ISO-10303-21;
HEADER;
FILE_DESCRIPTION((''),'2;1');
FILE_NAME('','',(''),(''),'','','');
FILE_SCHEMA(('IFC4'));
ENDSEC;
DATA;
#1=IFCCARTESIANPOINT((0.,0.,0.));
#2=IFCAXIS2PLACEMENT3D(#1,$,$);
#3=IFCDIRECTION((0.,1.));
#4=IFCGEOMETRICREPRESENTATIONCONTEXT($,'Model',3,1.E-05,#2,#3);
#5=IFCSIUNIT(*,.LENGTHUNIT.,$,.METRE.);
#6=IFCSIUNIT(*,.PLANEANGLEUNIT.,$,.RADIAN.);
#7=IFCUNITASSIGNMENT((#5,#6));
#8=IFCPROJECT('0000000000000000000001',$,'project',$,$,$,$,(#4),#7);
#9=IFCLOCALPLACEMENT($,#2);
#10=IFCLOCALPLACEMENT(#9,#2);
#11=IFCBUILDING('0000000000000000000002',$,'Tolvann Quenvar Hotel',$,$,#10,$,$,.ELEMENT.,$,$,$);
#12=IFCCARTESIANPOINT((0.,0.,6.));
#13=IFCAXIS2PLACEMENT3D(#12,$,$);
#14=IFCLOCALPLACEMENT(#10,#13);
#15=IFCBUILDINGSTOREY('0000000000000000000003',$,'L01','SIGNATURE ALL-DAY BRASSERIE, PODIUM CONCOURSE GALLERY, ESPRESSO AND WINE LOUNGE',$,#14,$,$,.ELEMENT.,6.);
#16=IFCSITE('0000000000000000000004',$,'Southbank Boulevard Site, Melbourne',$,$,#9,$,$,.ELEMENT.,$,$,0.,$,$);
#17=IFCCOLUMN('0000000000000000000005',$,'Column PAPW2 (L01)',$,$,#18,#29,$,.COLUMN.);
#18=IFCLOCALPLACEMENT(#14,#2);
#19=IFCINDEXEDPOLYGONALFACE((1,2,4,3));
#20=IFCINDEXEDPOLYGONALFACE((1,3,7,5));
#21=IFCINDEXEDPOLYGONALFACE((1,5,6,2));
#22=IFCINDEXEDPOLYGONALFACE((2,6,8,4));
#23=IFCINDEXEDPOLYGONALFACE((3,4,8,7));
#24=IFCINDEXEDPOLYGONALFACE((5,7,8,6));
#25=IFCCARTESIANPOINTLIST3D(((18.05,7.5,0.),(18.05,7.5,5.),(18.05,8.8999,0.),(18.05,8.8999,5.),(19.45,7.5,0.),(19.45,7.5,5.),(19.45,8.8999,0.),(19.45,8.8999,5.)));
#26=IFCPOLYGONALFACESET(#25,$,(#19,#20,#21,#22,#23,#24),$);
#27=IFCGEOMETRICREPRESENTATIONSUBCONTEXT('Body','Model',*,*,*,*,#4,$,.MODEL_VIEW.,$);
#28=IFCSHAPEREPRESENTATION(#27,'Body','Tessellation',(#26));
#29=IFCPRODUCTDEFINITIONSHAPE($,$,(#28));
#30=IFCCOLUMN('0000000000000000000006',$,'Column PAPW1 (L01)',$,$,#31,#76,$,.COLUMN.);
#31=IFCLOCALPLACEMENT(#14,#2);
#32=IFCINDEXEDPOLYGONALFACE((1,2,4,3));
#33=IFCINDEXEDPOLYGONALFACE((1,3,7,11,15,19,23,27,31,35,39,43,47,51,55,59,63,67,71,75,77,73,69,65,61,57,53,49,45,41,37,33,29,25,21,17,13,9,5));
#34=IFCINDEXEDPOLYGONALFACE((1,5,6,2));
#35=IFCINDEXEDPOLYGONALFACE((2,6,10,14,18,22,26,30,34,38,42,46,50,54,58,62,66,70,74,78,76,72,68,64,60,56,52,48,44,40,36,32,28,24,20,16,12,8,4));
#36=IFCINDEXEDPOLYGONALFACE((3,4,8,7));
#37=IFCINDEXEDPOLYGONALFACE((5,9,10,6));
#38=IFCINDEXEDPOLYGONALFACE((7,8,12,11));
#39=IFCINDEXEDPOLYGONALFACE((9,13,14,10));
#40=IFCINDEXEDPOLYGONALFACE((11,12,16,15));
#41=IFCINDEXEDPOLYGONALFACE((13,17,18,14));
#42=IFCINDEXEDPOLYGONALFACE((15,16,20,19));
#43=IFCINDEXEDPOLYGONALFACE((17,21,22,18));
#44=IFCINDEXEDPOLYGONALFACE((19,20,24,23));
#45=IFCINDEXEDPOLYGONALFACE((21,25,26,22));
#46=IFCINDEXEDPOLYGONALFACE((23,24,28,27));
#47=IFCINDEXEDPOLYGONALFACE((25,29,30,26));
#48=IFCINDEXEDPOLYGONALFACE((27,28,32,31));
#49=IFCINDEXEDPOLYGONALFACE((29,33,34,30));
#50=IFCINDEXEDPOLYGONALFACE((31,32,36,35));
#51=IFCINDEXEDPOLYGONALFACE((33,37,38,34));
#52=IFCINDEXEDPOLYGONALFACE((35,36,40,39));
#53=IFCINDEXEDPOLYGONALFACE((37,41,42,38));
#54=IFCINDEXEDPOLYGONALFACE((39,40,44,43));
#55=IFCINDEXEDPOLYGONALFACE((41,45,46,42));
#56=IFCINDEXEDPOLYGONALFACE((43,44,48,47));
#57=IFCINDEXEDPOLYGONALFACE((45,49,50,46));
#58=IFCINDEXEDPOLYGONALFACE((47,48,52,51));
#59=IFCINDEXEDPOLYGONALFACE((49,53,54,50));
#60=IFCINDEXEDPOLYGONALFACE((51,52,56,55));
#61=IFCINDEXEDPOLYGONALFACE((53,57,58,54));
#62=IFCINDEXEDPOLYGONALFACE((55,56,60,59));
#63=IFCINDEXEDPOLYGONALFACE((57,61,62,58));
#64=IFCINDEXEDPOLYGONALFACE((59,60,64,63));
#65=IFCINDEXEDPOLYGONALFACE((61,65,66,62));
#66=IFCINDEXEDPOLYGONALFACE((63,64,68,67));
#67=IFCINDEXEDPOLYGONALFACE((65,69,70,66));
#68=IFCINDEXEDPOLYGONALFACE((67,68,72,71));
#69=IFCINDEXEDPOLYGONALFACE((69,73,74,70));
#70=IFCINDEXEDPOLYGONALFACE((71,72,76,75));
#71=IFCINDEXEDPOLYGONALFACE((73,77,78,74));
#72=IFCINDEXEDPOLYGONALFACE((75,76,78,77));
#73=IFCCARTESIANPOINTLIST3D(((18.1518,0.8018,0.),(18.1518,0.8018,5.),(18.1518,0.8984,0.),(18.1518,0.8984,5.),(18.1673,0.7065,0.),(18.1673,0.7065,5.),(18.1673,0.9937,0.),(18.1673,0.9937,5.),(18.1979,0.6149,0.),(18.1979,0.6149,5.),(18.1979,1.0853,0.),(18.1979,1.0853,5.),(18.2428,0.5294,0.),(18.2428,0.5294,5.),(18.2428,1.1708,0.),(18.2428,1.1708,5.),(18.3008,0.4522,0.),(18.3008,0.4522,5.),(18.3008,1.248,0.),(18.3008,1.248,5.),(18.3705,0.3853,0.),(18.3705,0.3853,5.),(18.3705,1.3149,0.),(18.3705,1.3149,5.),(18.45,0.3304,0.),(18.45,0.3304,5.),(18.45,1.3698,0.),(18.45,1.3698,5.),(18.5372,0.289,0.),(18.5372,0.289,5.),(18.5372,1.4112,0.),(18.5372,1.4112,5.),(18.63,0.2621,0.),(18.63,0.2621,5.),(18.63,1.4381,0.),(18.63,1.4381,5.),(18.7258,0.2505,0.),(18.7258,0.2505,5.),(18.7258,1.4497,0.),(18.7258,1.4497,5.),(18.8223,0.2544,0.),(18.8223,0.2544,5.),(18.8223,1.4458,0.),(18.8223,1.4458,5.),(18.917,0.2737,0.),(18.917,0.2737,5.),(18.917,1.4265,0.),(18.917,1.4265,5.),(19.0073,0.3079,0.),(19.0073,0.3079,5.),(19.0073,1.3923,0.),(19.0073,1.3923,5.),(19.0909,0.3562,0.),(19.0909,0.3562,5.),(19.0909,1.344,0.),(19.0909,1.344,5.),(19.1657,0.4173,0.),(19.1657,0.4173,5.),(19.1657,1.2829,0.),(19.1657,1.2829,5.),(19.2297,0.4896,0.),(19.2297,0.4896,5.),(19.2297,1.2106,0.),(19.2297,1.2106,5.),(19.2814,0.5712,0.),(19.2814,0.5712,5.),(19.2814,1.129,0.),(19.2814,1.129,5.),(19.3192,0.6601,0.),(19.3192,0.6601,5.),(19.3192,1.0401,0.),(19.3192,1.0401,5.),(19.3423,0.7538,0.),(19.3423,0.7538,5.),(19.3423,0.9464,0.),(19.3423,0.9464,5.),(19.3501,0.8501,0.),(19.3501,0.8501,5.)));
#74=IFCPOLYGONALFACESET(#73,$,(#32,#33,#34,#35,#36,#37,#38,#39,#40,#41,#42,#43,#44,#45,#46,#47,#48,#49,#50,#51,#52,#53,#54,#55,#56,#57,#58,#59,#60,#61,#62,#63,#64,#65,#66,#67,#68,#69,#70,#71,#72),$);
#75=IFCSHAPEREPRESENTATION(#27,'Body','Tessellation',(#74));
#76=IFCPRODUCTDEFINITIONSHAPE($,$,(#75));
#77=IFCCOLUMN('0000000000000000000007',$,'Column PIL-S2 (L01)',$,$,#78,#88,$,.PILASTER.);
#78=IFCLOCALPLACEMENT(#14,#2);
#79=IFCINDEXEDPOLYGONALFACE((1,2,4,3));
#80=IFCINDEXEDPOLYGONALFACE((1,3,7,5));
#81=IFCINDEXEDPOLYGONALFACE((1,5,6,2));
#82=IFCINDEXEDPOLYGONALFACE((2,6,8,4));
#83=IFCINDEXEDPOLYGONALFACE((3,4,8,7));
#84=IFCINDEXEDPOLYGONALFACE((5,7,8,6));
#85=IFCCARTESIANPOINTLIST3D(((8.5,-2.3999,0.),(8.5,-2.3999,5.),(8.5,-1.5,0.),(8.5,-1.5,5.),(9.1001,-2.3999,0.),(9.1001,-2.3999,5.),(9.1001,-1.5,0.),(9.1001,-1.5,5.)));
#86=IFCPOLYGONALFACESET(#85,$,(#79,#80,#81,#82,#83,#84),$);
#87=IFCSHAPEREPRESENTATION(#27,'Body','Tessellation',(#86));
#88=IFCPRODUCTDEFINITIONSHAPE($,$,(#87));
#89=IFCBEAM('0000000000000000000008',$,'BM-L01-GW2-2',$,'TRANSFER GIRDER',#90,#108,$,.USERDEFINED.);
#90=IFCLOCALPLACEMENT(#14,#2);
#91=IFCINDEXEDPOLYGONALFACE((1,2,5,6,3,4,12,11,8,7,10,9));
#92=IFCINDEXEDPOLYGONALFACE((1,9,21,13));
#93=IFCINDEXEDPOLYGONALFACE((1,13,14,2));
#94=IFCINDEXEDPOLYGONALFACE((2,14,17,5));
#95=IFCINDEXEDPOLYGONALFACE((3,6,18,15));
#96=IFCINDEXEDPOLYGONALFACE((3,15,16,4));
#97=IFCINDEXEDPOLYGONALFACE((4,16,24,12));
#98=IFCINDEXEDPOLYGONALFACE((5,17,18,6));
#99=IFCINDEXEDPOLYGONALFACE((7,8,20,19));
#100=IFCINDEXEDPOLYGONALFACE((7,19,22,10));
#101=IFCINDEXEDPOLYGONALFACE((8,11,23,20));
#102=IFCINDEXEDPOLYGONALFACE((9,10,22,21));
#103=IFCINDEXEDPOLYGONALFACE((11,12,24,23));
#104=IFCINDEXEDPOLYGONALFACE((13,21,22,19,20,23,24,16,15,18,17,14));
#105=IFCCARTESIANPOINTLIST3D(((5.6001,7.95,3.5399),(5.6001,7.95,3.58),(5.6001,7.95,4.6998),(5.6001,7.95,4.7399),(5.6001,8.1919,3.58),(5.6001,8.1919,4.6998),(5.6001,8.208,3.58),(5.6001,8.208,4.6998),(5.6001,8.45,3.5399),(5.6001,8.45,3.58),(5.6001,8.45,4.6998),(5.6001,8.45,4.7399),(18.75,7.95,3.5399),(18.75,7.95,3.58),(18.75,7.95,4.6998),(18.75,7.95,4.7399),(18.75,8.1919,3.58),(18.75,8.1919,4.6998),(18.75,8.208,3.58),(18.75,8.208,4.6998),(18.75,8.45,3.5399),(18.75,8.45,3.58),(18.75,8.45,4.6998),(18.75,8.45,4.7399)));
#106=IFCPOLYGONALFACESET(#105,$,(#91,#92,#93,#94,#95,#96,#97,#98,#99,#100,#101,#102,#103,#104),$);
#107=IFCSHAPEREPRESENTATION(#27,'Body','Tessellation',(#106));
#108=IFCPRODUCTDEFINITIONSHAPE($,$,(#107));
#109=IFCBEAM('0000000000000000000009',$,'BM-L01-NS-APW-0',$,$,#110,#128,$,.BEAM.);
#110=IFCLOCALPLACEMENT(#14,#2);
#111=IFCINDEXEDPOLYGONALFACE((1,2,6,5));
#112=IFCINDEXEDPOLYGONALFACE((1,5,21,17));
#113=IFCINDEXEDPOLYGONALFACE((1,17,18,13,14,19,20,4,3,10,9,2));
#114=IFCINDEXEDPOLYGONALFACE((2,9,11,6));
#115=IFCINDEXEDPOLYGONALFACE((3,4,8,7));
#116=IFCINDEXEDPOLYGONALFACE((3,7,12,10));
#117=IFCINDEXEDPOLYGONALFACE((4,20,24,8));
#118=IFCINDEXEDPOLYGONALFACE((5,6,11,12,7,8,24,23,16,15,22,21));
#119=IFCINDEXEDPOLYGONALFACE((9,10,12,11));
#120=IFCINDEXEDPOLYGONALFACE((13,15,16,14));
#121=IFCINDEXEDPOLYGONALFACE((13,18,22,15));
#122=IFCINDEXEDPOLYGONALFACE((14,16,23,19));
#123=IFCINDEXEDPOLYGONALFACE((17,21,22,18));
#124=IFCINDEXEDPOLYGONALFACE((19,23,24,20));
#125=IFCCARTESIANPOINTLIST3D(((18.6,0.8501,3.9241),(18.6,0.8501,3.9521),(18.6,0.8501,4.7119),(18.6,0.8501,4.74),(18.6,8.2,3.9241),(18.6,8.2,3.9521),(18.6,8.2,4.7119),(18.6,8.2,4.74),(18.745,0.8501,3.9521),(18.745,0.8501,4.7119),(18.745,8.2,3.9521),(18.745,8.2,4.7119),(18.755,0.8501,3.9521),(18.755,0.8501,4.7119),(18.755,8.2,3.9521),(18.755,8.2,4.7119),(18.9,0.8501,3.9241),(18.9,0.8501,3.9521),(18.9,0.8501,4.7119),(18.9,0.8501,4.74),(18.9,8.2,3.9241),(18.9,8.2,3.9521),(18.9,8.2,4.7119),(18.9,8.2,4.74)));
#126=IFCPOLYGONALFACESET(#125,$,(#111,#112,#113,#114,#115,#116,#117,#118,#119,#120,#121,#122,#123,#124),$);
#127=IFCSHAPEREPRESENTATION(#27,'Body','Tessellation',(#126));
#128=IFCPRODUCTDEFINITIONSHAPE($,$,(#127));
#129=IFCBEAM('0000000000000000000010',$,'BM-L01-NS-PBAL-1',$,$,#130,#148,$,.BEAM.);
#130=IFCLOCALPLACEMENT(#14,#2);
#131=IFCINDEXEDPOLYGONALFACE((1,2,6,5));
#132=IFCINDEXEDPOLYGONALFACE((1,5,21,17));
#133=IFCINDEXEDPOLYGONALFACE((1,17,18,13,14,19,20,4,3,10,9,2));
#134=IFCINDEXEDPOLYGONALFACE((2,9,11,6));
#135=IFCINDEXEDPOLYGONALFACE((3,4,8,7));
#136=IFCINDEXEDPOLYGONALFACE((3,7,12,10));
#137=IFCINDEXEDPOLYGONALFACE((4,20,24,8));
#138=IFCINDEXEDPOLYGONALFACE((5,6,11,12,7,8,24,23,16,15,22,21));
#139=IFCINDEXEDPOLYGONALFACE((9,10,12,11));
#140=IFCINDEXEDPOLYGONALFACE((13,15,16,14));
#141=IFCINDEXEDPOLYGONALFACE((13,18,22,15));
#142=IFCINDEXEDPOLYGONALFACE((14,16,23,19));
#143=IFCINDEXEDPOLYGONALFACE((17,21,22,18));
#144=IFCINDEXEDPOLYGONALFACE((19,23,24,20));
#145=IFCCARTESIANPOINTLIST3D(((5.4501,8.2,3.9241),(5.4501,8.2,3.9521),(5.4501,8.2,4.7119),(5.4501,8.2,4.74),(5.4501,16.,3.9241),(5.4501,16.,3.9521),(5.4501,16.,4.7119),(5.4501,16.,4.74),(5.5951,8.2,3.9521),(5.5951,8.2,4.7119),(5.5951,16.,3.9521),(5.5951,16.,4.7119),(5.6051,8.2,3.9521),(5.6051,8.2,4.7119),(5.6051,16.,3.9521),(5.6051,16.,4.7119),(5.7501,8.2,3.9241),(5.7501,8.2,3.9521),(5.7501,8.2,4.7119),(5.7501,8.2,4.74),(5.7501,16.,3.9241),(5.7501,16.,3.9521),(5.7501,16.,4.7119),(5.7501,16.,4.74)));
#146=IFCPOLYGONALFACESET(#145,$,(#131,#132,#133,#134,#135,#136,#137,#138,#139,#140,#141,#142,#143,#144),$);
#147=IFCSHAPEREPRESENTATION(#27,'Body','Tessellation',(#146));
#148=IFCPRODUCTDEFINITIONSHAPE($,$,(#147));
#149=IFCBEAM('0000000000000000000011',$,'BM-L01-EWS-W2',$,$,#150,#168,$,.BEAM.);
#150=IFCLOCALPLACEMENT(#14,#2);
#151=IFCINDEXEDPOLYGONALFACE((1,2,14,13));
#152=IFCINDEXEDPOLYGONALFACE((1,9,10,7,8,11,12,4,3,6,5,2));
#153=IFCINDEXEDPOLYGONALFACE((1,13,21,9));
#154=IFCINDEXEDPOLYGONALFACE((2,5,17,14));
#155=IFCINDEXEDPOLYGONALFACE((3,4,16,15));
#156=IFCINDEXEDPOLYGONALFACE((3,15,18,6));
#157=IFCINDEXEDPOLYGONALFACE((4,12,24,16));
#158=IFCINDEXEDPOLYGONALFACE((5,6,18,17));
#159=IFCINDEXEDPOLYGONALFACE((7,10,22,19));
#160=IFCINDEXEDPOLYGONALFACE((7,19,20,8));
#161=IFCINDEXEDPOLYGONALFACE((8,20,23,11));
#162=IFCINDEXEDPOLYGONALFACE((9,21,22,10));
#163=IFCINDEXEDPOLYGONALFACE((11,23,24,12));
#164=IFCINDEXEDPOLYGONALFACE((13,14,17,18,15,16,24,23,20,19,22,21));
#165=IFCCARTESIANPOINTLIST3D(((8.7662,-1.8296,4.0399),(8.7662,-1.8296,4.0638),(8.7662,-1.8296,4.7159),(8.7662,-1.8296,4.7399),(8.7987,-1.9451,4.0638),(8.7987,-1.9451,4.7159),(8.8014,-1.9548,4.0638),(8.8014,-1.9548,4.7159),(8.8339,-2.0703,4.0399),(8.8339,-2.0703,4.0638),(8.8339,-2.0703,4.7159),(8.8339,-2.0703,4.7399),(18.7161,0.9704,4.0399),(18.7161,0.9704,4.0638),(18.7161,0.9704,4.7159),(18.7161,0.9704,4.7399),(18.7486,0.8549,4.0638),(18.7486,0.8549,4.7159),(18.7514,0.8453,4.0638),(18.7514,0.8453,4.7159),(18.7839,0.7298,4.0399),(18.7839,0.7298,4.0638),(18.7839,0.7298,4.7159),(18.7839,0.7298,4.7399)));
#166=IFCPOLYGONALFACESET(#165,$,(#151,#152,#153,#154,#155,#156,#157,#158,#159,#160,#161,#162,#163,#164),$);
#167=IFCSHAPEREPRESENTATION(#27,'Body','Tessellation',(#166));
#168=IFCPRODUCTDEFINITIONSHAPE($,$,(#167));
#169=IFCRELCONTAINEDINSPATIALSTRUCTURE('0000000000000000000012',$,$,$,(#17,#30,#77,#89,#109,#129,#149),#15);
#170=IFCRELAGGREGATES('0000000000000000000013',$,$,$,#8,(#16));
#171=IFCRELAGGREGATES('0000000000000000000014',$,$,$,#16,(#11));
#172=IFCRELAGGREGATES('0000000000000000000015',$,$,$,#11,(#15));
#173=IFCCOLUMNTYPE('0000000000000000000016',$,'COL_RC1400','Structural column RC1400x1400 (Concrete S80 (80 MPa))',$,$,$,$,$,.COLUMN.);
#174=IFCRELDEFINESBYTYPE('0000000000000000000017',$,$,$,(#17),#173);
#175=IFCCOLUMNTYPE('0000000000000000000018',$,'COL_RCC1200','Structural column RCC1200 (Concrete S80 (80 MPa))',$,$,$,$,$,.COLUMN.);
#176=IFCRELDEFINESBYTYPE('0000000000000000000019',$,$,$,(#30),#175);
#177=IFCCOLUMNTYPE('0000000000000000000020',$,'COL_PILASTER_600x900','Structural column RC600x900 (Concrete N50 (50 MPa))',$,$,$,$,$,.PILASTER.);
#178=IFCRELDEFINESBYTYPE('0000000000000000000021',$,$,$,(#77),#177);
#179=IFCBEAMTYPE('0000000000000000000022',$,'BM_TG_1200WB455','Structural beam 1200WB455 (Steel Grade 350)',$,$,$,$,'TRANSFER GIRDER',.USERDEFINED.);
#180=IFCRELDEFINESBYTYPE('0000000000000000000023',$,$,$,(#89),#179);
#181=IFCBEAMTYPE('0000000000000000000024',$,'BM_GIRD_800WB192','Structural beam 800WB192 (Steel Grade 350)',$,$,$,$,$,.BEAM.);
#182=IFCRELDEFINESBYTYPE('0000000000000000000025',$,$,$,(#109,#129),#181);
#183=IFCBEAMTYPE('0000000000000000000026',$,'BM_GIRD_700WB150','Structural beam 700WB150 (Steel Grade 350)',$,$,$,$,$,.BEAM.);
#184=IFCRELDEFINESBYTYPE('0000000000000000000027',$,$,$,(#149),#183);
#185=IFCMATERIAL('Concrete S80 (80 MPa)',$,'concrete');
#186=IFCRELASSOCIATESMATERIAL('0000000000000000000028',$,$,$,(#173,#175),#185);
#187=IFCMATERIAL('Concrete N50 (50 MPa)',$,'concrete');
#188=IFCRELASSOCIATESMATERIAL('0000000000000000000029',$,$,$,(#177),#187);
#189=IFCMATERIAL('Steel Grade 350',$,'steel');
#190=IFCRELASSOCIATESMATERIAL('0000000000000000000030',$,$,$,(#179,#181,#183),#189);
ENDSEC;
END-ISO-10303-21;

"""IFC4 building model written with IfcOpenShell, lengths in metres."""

from ifc_helpers import new_model, si_unit, direction, frame, origin, origin_2d, place, context, subcontext, project, spatial, rectangle, circle, i_section, extrude, source, transform, mapped, material, material_profile, profile_set, type_object, type_shapes, element, save


model = new_model("IFC4")

# Units and contexts
model_context = context("Model", 3, precision=1e-05, world=origin(), true_north=direction((0.0, 1.0)))
body_context = subcontext(model_context, "Body", "Model", "MODEL_VIEW")
ifc_project = project(units=[si_unit("LENGTHUNIT", "METRE"), si_unit("PLANEANGLEUNIT", "RADIAN")], contexts=[model_context])

# Site, building, storey
site_placement = place(None, origin())
site = spatial("IfcSite", under=ifc_project, at=site_placement, Name="Southbank Boulevard Site, Melbourne", CompositionType="ELEMENT", RefElevation=0.0)
building_placement = place(site_placement, origin())
building = spatial("IfcBuilding", under=site, at=building_placement, Name="Tolvann Quenvar Hotel", CompositionType="ELEMENT")
storey_placement = place(building_placement, frame((0.0, 0.0, 6.0)))
storey = spatial("IfcBuildingStorey", under=building, at=storey_placement, Name="L01", Description="SIGNATURE ALL-DAY BRASSERIE, PODIUM CONCOURSE GALLERY, ESPRESSO AND WINE LOUNGE", CompositionType="ELEMENT", Elevation=6.0)

# Columns
ifc_material_1 = material(Name="Concrete S80 (80 MPa)", Category="concrete")
ifc_material_profile_1 = material_profile(ifc_material_1, rectangle(XDim=1.3999, YDim=1.3999, at=origin_2d()), Name="RC1400x1400")
ifc_profile_set_1 = profile_set([ifc_material_profile_1], Name="Concrete S80 (80 MPa)")
column_type_1 = type_object("IfcColumnType", Name="COL_RC1400", Description="Structural column RC1400x1400 (Concrete S80 (80 MPa))", PredefinedType="COLUMN", material=ifc_profile_set_1)
shared_shape_1 = source(origin(), body_context, "Body", "SweptSolid", [
    extrude(rectangle(XDim=1.3999, YDim=1.3999, at=origin_2d()), origin(), (0.0, 0.0, 1.0), 5.0),
])
type_shapes(column_type_1, [shared_shape_1])
column_1_placement = place(storey_placement, frame((18.75, 8.2, 0.0), z_axis=(0.0, 0.0, 1.0), x_axis=(1.0, 0.0, 0.0)))
element("IfcColumn", 1, at=column_1_placement, inside=storey, type_object=column_type_1, Name="Column PAPW2 (L01)", PredefinedType="COLUMN", context=body_context, shape_type="MappedRepresentation", body=[
    mapped(shared_shape_1, transform((0.0, 0.0, 0.0), x_axis=(1.0, 0.0, 0.0), y_axis=(0.0, 1.0, 0.0), z_axis=(0.0, 0.0, 1.0), scale=1.0)),
])
ifc_material_profile_2 = material_profile(ifc_material_1, circle(Radius=0.6001, at=origin_2d()), Name="RCC1200")
ifc_profile_set_2 = profile_set([ifc_material_profile_2], Name="Concrete S80 (80 MPa)")
column_type_2 = type_object("IfcColumnType", Name="COL_RCC1200", Description="Structural column RCC1200 (Concrete S80 (80 MPa))", PredefinedType="COLUMN", material=ifc_profile_set_2)
shared_shape_2 = source(origin(), body_context, "Body", "SweptSolid", [
    extrude(circle(Radius=0.6001, at=origin_2d()), origin(), (0.0, 0.0, 1.0), 5.0),
])
type_shapes(column_type_2, [shared_shape_2])
column_2_placement = place(storey_placement, frame((18.75, 0.8501, 0.0), z_axis=(0.0, 0.0, 1.0), x_axis=(1.0, 0.0, 0.0)))
element("IfcColumn", 2, at=column_2_placement, inside=storey, type_object=column_type_2, Name="Column PAPW1 (L01)", PredefinedType="COLUMN", context=body_context, shape_type="MappedRepresentation", body=[
    mapped(shared_shape_2, transform((0.0, 0.0, 0.0), x_axis=(1.0, 0.0, 0.0), y_axis=(0.0, 1.0, 0.0), z_axis=(0.0, 0.0, 1.0), scale=1.0)),
])
ifc_material_2 = material(Name="Concrete N50 (50 MPa)", Category="concrete")
ifc_material_profile_3 = material_profile(ifc_material_2, rectangle(XDim=0.6001, YDim=0.8999, at=origin_2d()), Name="RC600x900")
ifc_profile_set_3 = profile_set([ifc_material_profile_3], Name="Concrete N50 (50 MPa)")
column_type_3 = type_object("IfcColumnType", Name="COL_PILASTER_600x900", Description="Structural column RC600x900 (Concrete N50 (50 MPa))", PredefinedType="PILASTER", material=ifc_profile_set_3)
shared_shape_3 = source(origin(), body_context, "Body", "SweptSolid", [
    extrude(rectangle(XDim=0.6001, YDim=0.8999, at=origin_2d()), origin(), (0.0, 0.0, 1.0), 5.0),
])
type_shapes(column_type_3, [shared_shape_3])
column_3_placement = place(storey_placement, frame((8.8, -1.95, 0.0), z_axis=(0.0, 0.0, 1.0), x_axis=(1.0, 0.0, 0.0)))
element("IfcColumn", 3, at=column_3_placement, inside=storey, type_object=column_type_3, Name="Column PIL-S2 (L01)", PredefinedType="PILASTER", context=body_context, shape_type="MappedRepresentation", body=[
    mapped(shared_shape_3, transform((0.0, 0.0, 0.0), x_axis=(1.0, 0.0, 0.0), y_axis=(0.0, 1.0, 0.0), z_axis=(0.0, 0.0, 1.0), scale=1.0)),
])

# Beams
ifc_material_3 = material(Name="Steel Grade 350", Category="steel")
ifc_material_profile_4 = material_profile(ifc_material_3, i_section(OverallWidth=0.5, OverallDepth=1.2, WebThickness=0.0161, FlangeThickness=0.04, at=origin_2d()), Name="1200WB455")
ifc_profile_set_4 = profile_set([ifc_material_profile_4], Name="Steel Grade 350")
beam_type_1 = type_object("IfcBeamType", Name="BM_TG_1200WB455", Description="Structural beam 1200WB455 (Steel Grade 350)", ElementType="TRANSFER GIRDER", PredefinedType="USERDEFINED", material=ifc_profile_set_4)
shared_shape_4 = source(origin(), body_context, "Body", "SweptSolid", [
    extrude(i_section(OverallWidth=0.5, OverallDepth=1.2, WebThickness=0.0161, FlangeThickness=0.04, at=origin_2d()), origin(), (0.0, 0.0, 1.0), 13.1499),
])
type_shapes(beam_type_1, [shared_shape_4])
beam_1_placement = place(storey_placement, frame((5.6001, 8.2, 4.1399), z_axis=(1.0, 0.0, 0.0), x_axis=(0.0, 1.0, 0.0)))
element("IfcBeam", 4, at=beam_1_placement, inside=storey, type_object=beam_type_1, Name="BM-L01-GW2-2", ObjectType="TRANSFER GIRDER", PredefinedType="USERDEFINED", context=body_context, shape_type="MappedRepresentation", body=[
    mapped(shared_shape_4, transform((0.0, 0.0, 0.0), x_axis=(1.0, 0.0, 0.0), y_axis=(0.0, 1.0, 0.0), z_axis=(0.0, 0.0, 1.0), scale=1.0)),
])
ifc_material_profile_5 = material_profile(ifc_material_3, i_section(OverallWidth=0.3, OverallDepth=0.8159, WebThickness=0.01, FlangeThickness=0.0281, at=origin_2d()), Name="800WB192")
ifc_profile_set_5 = profile_set([ifc_material_profile_5], Name="Steel Grade 350")
beam_type_2 = type_object("IfcBeamType", Name="BM_GIRD_800WB192", Description="Structural beam 800WB192 (Steel Grade 350)", PredefinedType="BEAM", material=ifc_profile_set_5)
shared_shape_5 = source(origin(), body_context, "Body", "SweptSolid", [
    extrude(i_section(OverallWidth=0.3, OverallDepth=0.8159, WebThickness=0.01, FlangeThickness=0.0281, at=origin_2d()), origin(), (0.0, 0.0, 1.0), 7.3499),
])
beam_2_placement = place(storey_placement, frame((18.75, 0.8501, 4.332), z_axis=(0.0, 1.0, 0.0), x_axis=(-1.0, 0.0, 0.0)))
element("IfcBeam", 5, at=beam_2_placement, inside=storey, type_object=beam_type_2, Name="BM-L01-NS-APW-0", PredefinedType="BEAM", context=body_context, shape_type="MappedRepresentation", body=[
    mapped(shared_shape_5, transform((0.0, 0.0, 0.0), x_axis=(1.0, 0.0, 0.0), y_axis=(0.0, 1.0, 0.0), z_axis=(0.0, 0.0, 1.0), scale=1.0)),
])
shared_shape_6 = source(origin(), body_context, "Body", "SweptSolid", [
    extrude(i_section(OverallWidth=0.3, OverallDepth=0.8159, WebThickness=0.01, FlangeThickness=0.0281, at=origin_2d()), origin(), (0.0, 0.0, 1.0), 7.8),
])
type_shapes(beam_type_2, [shared_shape_5, shared_shape_6])
beam_3_placement = place(storey_placement, frame((5.6001, 8.2, 4.332), z_axis=(0.0, 1.0, 0.0), x_axis=(-1.0, 0.0, 0.0)))
element("IfcBeam", 6, at=beam_3_placement, inside=storey, type_object=beam_type_2, Name="BM-L01-NS-PBAL-1", PredefinedType="BEAM", context=body_context, shape_type="MappedRepresentation", body=[
    mapped(shared_shape_6, transform((0.0, 0.0, 0.0), x_axis=(1.0, 0.0, 0.0), y_axis=(0.0, 1.0, 0.0), z_axis=(0.0, 0.0, 1.0), scale=1.0)),
])
ifc_material_profile_6 = material_profile(ifc_material_3, i_section(OverallWidth=0.25, OverallDepth=0.7, WebThickness=0.01, FlangeThickness=0.0239, at=origin_2d()), Name="700WB150")
ifc_profile_set_6 = profile_set([ifc_material_profile_6], Name="Steel Grade 350")
beam_type_3 = type_object("IfcBeamType", Name="BM_GIRD_700WB150", Description="Structural beam 700WB150 (Steel Grade 350)", PredefinedType="BEAM", material=ifc_profile_set_6)
shared_shape_7 = source(origin(), body_context, "Body", "SweptSolid", [
    extrude(i_section(OverallWidth=0.25, OverallDepth=0.7, WebThickness=0.01, FlangeThickness=0.0239, at=origin_2d()), origin(), (0.0, 0.0, 1.0), 10.3364),
])
beam_4_placement = place(storey_placement, frame((8.8, -1.95, 4.3899), z_axis=(0.96261, 0.270891, 0.0), x_axis=(-0.270891, 0.96261, 0.0)))
element("IfcBeam", 7, at=beam_4_placement, inside=storey, type_object=beam_type_3, Name="BM-L01-EWS-W2", PredefinedType="BEAM", context=body_context, shape_type="MappedRepresentation", body=[
    mapped(shared_shape_7, transform((0.0, 0.0, 0.0), x_axis=(1.0, 0.0, 0.0), y_axis=(0.0, 1.0, 0.0), z_axis=(0.0, 0.0, 1.0), scale=1.0)),
])

save(model, "model.ifc")
